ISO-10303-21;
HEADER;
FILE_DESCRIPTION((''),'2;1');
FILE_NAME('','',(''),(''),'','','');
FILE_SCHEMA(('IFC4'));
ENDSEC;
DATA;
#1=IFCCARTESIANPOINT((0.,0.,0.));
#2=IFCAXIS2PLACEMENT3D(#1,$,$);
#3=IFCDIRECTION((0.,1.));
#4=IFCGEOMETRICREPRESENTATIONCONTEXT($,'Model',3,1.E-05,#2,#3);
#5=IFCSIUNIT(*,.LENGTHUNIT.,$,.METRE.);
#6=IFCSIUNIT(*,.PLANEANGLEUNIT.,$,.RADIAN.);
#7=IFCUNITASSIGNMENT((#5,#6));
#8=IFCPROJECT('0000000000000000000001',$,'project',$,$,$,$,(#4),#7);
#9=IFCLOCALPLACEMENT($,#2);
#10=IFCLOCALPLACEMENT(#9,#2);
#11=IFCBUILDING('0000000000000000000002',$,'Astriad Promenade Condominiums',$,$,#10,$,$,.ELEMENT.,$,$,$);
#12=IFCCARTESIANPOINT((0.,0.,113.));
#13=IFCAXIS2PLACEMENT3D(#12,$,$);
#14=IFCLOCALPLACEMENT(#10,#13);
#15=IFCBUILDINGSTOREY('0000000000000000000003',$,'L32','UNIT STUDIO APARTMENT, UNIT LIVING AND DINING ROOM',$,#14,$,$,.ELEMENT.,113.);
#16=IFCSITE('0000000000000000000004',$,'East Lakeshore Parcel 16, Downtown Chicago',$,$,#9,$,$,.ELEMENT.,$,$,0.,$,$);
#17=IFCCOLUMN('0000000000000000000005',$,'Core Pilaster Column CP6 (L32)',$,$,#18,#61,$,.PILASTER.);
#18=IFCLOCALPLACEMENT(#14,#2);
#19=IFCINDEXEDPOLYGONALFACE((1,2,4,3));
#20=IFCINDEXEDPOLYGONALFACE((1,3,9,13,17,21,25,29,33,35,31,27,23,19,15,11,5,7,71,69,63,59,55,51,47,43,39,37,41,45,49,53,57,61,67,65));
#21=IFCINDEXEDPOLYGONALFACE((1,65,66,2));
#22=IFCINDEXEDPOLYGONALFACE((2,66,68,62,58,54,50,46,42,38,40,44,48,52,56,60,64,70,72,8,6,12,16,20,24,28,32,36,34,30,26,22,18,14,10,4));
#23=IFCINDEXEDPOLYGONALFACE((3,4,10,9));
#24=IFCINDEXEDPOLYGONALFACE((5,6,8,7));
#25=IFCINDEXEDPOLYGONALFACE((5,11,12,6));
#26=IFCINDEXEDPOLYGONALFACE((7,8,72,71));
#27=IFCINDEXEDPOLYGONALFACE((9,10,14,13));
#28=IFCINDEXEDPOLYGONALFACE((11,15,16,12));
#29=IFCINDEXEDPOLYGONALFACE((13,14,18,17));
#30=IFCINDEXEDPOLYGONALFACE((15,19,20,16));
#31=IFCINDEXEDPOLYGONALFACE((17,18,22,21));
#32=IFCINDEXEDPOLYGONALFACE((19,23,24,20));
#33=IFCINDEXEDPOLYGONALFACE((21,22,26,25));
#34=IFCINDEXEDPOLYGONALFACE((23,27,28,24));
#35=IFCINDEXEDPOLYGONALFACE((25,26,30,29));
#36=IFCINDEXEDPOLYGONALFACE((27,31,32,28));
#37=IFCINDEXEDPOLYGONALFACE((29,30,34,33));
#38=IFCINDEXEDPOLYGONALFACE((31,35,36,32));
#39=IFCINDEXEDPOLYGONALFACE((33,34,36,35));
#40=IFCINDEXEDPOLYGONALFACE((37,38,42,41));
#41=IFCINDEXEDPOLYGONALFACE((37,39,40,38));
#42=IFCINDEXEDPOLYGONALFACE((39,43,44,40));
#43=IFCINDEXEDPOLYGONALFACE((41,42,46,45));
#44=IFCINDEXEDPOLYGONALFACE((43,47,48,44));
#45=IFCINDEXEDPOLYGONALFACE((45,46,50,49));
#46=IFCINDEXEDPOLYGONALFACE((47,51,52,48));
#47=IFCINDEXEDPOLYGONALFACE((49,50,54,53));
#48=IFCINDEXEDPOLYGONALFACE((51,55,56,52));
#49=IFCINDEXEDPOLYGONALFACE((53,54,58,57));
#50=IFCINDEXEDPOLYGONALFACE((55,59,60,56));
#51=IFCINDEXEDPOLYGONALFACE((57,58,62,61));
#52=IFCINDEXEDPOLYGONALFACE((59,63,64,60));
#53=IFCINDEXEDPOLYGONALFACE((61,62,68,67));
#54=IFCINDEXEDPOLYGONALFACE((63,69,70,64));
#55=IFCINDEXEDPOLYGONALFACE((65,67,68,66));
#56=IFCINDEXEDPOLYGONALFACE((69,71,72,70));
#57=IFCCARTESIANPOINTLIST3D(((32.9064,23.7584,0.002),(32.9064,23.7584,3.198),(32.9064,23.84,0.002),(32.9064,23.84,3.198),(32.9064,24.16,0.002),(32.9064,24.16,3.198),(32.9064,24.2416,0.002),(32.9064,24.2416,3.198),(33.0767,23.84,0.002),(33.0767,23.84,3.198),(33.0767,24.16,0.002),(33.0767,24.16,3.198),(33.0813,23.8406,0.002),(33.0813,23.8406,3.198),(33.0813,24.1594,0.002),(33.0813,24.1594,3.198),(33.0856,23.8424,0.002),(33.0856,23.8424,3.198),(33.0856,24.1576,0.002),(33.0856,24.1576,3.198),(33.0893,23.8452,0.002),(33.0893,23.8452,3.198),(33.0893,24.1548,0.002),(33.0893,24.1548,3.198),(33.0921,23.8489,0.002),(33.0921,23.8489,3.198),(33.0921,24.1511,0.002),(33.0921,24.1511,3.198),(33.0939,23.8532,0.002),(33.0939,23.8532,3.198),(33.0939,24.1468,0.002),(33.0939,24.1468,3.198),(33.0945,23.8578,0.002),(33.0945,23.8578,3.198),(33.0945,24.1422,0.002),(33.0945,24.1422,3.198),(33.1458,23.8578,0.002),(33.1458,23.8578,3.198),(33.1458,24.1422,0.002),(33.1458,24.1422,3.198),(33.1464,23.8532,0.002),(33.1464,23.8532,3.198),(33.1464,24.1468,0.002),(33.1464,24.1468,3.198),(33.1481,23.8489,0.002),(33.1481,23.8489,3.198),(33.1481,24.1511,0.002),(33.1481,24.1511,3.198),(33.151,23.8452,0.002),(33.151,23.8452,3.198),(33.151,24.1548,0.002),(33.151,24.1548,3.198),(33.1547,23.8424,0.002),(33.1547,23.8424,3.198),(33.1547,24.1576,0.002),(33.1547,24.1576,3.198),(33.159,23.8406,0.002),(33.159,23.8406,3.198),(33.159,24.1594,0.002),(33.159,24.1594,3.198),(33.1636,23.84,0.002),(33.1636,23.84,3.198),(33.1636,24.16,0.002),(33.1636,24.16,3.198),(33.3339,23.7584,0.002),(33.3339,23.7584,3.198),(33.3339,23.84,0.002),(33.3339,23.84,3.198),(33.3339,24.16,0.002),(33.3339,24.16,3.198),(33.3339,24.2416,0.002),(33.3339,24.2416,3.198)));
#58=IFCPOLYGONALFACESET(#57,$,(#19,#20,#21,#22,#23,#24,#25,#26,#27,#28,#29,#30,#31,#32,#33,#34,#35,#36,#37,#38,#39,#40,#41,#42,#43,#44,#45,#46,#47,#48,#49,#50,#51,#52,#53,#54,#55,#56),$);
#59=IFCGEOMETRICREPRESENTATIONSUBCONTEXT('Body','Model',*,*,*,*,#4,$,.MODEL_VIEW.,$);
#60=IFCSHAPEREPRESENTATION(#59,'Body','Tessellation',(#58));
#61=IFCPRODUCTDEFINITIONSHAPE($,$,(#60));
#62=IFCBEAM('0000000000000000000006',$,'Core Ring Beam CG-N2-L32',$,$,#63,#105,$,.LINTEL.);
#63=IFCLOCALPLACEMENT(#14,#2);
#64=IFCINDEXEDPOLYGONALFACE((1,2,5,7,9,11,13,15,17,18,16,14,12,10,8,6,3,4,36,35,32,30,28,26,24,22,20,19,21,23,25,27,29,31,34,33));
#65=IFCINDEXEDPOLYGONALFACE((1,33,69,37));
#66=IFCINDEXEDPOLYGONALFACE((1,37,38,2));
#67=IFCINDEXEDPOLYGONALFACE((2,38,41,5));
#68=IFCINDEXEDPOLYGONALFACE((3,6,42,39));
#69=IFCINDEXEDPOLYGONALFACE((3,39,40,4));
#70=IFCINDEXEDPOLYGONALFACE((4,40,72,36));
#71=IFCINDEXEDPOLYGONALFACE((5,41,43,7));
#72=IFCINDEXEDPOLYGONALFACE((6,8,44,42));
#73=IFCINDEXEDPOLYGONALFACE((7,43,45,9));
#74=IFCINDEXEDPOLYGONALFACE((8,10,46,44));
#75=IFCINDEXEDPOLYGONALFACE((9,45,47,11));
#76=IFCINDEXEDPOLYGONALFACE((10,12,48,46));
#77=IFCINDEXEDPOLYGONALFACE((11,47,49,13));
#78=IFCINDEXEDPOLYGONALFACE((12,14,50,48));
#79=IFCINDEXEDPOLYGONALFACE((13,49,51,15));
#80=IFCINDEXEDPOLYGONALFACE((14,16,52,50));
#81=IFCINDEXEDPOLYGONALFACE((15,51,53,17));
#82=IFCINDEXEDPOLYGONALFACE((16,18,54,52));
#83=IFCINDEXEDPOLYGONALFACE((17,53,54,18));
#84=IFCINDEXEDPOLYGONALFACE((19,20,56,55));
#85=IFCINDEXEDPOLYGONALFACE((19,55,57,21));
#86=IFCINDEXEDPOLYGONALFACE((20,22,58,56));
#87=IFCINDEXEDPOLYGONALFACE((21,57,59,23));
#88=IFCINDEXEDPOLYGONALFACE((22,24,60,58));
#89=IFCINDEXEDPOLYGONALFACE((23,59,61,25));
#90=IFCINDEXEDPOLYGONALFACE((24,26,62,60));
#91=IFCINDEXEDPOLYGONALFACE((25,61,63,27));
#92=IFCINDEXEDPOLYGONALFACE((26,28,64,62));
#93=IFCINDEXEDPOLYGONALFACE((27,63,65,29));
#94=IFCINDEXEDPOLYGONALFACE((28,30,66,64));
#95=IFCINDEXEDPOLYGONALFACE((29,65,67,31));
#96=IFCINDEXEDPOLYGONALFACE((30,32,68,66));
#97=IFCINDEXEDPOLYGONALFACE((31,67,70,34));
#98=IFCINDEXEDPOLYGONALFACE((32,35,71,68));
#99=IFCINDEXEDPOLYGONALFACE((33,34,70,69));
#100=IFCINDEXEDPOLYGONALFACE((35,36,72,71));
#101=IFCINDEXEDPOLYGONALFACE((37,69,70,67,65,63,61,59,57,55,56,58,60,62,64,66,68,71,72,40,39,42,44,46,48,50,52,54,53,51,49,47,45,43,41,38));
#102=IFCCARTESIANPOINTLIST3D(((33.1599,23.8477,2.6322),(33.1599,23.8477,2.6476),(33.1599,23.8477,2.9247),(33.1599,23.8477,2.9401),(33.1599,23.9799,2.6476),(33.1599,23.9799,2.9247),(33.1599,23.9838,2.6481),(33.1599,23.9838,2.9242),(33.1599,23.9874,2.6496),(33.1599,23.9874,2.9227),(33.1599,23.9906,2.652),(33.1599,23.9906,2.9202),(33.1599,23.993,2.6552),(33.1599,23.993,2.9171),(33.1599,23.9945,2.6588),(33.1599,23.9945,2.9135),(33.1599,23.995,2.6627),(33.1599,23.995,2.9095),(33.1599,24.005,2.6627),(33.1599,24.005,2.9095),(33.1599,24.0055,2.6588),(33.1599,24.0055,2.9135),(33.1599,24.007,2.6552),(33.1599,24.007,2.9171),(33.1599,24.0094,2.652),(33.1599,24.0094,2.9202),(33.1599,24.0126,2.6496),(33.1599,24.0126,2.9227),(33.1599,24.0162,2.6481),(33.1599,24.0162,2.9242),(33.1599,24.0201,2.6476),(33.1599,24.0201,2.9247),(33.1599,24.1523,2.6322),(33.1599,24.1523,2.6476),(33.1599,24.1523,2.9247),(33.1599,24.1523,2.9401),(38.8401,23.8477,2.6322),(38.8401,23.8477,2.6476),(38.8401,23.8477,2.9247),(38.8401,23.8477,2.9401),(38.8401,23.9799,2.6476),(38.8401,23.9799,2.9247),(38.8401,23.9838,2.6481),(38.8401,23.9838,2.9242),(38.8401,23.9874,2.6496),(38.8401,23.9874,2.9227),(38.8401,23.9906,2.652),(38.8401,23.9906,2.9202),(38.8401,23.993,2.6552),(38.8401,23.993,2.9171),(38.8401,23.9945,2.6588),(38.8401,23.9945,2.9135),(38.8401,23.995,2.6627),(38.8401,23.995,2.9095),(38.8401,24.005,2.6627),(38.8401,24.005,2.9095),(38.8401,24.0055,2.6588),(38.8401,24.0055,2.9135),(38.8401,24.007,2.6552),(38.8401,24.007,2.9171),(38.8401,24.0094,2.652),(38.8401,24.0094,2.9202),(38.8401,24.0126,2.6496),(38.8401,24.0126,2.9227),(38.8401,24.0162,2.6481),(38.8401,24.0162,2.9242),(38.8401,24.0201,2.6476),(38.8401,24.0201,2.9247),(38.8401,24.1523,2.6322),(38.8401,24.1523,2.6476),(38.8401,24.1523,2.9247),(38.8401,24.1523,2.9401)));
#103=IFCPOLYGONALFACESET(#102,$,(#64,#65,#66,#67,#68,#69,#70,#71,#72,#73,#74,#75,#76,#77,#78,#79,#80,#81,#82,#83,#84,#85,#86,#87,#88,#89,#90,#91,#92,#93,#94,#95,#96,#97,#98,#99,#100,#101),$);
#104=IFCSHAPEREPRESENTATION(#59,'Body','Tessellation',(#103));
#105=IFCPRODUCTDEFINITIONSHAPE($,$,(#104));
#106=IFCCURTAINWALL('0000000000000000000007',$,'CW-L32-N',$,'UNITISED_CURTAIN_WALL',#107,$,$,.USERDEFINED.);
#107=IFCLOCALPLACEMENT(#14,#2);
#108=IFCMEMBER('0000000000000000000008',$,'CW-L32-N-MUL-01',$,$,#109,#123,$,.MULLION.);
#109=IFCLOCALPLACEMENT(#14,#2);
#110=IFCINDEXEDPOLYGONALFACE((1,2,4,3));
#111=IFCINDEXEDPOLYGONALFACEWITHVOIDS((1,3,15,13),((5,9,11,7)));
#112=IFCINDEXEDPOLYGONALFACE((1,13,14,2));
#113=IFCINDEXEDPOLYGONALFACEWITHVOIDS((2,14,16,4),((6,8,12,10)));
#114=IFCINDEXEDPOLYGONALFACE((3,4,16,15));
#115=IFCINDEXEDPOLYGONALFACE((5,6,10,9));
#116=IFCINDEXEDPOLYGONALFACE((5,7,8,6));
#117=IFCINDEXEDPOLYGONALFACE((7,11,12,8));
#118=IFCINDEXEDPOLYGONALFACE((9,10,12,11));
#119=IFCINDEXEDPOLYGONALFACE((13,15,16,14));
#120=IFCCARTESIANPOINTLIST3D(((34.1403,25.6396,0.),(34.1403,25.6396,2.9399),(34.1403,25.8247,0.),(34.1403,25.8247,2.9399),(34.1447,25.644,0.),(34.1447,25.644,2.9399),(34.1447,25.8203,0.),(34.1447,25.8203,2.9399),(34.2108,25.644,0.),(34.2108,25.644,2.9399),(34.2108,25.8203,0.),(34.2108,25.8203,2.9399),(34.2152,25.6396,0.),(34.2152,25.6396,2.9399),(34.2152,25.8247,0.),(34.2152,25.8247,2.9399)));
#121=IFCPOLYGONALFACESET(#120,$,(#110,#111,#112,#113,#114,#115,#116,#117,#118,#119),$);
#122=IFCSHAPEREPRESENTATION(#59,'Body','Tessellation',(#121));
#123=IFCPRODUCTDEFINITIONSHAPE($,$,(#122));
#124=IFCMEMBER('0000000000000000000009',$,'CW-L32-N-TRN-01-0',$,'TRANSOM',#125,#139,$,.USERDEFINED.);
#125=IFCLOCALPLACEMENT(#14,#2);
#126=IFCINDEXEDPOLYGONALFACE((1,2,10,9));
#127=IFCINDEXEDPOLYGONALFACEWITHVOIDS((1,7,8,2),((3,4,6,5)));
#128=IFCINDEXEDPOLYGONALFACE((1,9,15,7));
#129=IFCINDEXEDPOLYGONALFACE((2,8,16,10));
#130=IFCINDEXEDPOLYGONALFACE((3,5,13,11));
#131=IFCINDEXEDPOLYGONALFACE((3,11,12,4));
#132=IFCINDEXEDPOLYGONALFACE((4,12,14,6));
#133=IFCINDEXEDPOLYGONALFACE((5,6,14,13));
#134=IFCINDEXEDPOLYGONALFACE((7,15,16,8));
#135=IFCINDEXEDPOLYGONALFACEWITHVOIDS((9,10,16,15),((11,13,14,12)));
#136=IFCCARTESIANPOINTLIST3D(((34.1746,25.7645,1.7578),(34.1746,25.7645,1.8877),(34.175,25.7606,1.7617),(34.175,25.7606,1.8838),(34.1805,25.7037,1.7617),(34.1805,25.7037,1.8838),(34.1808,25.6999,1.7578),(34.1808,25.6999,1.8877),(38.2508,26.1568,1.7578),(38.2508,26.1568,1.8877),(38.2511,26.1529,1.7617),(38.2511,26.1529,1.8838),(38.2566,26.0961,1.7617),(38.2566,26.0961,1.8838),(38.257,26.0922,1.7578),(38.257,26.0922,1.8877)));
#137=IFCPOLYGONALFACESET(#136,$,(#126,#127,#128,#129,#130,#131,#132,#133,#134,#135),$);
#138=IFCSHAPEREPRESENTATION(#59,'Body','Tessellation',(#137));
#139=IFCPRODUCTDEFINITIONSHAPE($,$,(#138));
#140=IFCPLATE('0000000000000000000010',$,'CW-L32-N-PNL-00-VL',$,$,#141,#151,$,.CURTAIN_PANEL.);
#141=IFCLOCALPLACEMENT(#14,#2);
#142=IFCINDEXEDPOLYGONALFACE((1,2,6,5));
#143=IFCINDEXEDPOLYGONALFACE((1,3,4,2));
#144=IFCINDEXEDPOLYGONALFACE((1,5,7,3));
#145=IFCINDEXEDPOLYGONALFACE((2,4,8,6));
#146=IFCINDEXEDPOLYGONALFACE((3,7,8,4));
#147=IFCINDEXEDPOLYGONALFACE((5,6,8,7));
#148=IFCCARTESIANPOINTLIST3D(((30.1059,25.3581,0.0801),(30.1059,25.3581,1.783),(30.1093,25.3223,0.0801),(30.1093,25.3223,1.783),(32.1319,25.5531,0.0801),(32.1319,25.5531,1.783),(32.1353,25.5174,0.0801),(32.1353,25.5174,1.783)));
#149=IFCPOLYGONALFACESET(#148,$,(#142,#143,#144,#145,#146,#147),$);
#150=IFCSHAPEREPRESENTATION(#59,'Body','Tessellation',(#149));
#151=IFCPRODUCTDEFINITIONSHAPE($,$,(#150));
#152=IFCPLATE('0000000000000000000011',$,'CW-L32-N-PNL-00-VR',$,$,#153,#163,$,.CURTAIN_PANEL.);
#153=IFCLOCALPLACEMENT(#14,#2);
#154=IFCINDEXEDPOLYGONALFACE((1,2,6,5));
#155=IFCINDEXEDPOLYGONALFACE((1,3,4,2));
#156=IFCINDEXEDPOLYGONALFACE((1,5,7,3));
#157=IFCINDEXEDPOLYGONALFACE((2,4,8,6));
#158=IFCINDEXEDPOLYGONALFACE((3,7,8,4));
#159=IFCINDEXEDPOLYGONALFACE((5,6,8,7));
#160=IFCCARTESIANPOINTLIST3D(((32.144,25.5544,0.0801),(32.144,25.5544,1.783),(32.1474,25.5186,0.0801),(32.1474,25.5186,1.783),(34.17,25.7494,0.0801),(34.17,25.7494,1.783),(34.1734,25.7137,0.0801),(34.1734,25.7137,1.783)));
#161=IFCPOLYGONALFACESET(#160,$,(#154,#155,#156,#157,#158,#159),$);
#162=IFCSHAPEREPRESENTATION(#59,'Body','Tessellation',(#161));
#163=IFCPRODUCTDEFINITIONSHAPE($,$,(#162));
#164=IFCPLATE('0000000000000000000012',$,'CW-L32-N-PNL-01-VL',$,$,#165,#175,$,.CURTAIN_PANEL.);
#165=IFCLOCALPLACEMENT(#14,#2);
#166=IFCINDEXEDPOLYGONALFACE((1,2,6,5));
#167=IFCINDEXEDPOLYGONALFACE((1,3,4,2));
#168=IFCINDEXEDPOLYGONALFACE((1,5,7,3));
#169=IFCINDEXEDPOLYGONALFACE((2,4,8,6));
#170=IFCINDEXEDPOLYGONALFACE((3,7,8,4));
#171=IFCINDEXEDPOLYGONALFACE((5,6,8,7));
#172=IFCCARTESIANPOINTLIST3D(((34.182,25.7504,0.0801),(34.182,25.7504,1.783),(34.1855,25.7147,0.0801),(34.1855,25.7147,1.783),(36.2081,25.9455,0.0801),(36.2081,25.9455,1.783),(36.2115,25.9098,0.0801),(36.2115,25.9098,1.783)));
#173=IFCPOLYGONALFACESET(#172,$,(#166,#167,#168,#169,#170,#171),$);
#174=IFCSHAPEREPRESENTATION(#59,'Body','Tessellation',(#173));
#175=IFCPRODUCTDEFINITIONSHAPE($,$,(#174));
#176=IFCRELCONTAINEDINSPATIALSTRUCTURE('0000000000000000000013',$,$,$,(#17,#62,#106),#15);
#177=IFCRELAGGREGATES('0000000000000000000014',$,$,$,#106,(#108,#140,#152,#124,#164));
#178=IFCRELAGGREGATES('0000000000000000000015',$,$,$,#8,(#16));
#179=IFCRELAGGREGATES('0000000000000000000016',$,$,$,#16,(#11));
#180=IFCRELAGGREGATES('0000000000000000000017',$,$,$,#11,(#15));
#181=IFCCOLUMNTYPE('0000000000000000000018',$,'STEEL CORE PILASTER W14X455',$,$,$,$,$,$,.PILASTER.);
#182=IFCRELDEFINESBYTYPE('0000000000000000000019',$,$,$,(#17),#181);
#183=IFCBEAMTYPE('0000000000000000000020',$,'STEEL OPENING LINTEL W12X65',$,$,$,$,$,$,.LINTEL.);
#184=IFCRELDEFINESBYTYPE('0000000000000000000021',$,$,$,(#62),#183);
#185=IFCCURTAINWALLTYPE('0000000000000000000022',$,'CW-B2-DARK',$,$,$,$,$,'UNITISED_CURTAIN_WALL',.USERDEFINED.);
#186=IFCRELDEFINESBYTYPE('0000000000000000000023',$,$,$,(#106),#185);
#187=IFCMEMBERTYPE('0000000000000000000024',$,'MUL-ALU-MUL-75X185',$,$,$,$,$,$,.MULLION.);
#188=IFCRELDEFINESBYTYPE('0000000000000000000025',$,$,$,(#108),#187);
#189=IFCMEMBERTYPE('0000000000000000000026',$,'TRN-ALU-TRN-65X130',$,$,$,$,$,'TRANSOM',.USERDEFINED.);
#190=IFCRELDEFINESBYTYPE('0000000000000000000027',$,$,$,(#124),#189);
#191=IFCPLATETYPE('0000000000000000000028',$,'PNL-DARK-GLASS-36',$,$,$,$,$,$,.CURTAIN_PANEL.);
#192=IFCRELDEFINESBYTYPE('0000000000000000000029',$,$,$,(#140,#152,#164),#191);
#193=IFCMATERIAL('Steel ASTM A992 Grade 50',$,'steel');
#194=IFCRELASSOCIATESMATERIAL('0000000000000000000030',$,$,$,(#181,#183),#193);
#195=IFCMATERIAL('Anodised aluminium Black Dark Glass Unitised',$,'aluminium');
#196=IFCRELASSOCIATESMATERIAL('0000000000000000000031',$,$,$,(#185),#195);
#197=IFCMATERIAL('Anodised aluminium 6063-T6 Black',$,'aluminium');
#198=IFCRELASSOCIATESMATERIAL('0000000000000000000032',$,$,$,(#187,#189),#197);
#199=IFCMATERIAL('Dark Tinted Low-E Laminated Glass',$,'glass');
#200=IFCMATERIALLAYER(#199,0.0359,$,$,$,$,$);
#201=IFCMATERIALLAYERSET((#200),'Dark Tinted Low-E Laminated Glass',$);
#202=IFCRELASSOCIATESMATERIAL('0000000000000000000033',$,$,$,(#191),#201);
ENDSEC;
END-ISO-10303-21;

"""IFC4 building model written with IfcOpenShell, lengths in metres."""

from ifc_helpers import new_model, si_unit, direction, frame, origin, origin_2d, place, context, subcontext, project, spatial, rectangle, hollow_rectangle, i_section, extrude, source, transform, mapped, material, layer, layer_set, material_profile, profile_set, type_object, type_shapes, element, aggregate, save


model = new_model("IFC4")

# Units and contexts
model_context = context("Model", 3, precision=1e-05, world=origin(), true_north=direction((0.0, 1.0)))
body_context = subcontext(model_context, "Body", "Model", "MODEL_VIEW")
ifc_project = project(units=[si_unit("LENGTHUNIT", "METRE"), si_unit("PLANEANGLEUNIT", "RADIAN")], contexts=[model_context])

# Site, building, storey
site_placement = place(None, origin())
site = spatial("IfcSite", under=ifc_project, at=site_placement, Name="East Lakeshore Parcel 16, Downtown Chicago", CompositionType="ELEMENT", RefElevation=0.0)
building_placement = place(site_placement, origin())
building = spatial("IfcBuilding", under=site, at=building_placement, Name="Astriad Promenade Condominiums", CompositionType="ELEMENT")
storey_placement = place(building_placement, frame((0.0, 0.0, 113.0)))
storey = spatial("IfcBuildingStorey", under=building, at=storey_placement, Name="L32", Description="UNIT STUDIO APARTMENT, UNIT LIVING AND DINING ROOM", CompositionType="ELEMENT", Elevation=113.0)

# Column
ifc_material_1 = material(Name="Steel ASTM A992 Grade 50", Category="steel")
ifc_material_profile_1 = material_profile(ifc_material_1, i_section(OverallWidth=0.4275, OverallDepth=0.4832, WebThickness=0.0513, FlangeThickness=0.0815, FilletRadius=0.0178, at=origin_2d()), Name="W14X455")
ifc_profile_set_1 = profile_set([ifc_material_profile_1], Name="Steel ASTM A992 Grade 50")
column_type = type_object("IfcColumnType", Name="STEEL CORE PILASTER W14X455", PredefinedType="PILASTER", material=ifc_profile_set_1)
shared_shape_1 = source(origin(), body_context, "Body", "SweptSolid", [
    extrude(i_section(OverallWidth=0.4275, OverallDepth=0.4832, WebThickness=0.0513, FlangeThickness=0.0815, FilletRadius=0.0178, at=origin_2d()), origin(), (0.0, 0.0, 1.0), 3.196),
])
type_shapes(column_type, [shared_shape_1])
column_placement = place(storey_placement, frame((33.1201, 24.0, 0.002), z_axis=(0.0, 0.0, 1.0), x_axis=(1.0, 0.0, 0.0)))
element("IfcColumn", 1, at=column_placement, inside=storey, type_object=column_type, Name="Core Pilaster Column CP6 (L32)", PredefinedType="PILASTER", context=body_context, shape_type="MappedRepresentation", body=[
    mapped(shared_shape_1, transform((0.0, 0.0, 0.0), scale=1.0)),
])

# Beam
ifc_material_profile_2 = material_profile(ifc_material_1, i_section(OverallWidth=0.3047, OverallDepth=0.3079, WebThickness=0.01, FlangeThickness=0.0154, FilletRadius=0.0151, at=origin_2d()), Name="W12X65")
ifc_profile_set_2 = profile_set([ifc_material_profile_2], Name="Steel ASTM A992 Grade 50")
beam_type = type_object("IfcBeamType", Name="STEEL OPENING LINTEL W12X65", PredefinedType="LINTEL", material=ifc_profile_set_2)
shared_shape_2 = source(origin(), body_context, "Body", "SweptSolid", [
    extrude(i_section(OverallWidth=0.3047, OverallDepth=0.3079, WebThickness=0.01, FlangeThickness=0.0154, FilletRadius=0.0151, at=origin_2d()), origin(), (0.0, 0.0, 1.0), 5.6802),
])
type_shapes(beam_type, [shared_shape_2])
beam_placement = place(storey_placement, frame((33.1599, 24.0, 2.7861), z_axis=(1.0, 0.0, 0.0), x_axis=(0.0, 1.0, 0.0)))
element("IfcBeam", 2, at=beam_placement, inside=storey, type_object=beam_type, Name="Core Ring Beam CG-N2-L32", PredefinedType="LINTEL", context=body_context, shape_type="MappedRepresentation", body=[
    mapped(shared_shape_2, transform((0.0, 0.0, 0.0), scale=1.0)),
])

# Curtain wall, members, plates
ifc_material_2 = material(Name="Anodised aluminium Black Dark Glass Unitised", Category="aluminium")
curtain_wall_type = type_object("IfcCurtainWallType", Name="CW-B2-DARK", ElementType="UNITISED_CURTAIN_WALL", PredefinedType="USERDEFINED", material=ifc_material_2)
curtain_wall_placement = place(storey_placement, origin())
curtain_wall = element("IfcCurtainWall", 3, at=curtain_wall_placement, inside=storey, type_object=curtain_wall_type, Name="CW-L32-N", ObjectType="UNITISED_CURTAIN_WALL", PredefinedType="USERDEFINED")
ifc_material_3 = material(Name="Anodised aluminium 6063-T6 Black", Category="aluminium")
ifc_material_profile_3 = material_profile(ifc_material_3, hollow_rectangle(XDim=0.075, YDim=0.1851, WallThickness=0.0044, at=origin_2d()), Name="ALU-MUL-75X185")
ifc_profile_set_3 = profile_set([ifc_material_profile_3], Name="Anodised aluminium 6063-T6 Black")
member_type_1 = type_object("IfcMemberType", Name="MUL-ALU-MUL-75X185", PredefinedType="MULLION", material=ifc_profile_set_3)
shared_shape_3 = source(origin(), body_context, "Body", "SweptSolid", [
    extrude(hollow_rectangle(XDim=0.075, YDim=0.1851, WallThickness=0.0044, at=origin_2d()), origin(), (0.0, 0.0, 1.0), 2.9399),
])
type_shapes(member_type_1, [shared_shape_3])
member_1_placement = place(storey_placement, frame((34.1777, 25.7322, 0.0), z_axis=(0.0, 0.0, 1.0), x_axis=(1.0, 0.0, 0.0)))
member_1 = element("IfcMember", 4, at=member_1_placement, type_object=member_type_1, Name="CW-L32-N-MUL-01", PredefinedType="MULLION", context=body_context, shape_type="MappedRepresentation", body=[
    mapped(shared_shape_3, transform((0.0, 0.0, 0.0), scale=1.0)),
])
ifc_material_profile_4 = material_profile(ifc_material_3, hollow_rectangle(XDim=0.0649, YDim=0.1299, WallThickness=0.0039, at=origin_2d()), Name="ALU-TRN-65X130")
ifc_profile_set_4 = profile_set([ifc_material_profile_4], Name="Anodised aluminium 6063-T6 Black")
member_type_2 = type_object("IfcMemberType", Name="TRN-ALU-TRN-65X130", ElementType="TRANSOM", PredefinedType="USERDEFINED", material=ifc_profile_set_4)
shared_shape_4 = source(origin(), body_context, "Body", "SweptSolid", [
    extrude(hollow_rectangle(XDim=0.0649, YDim=0.1299, WallThickness=0.0039, at=origin_2d()), origin(), (0.0, 0.0, 1.0), 4.095),
])
type_shapes(member_type_2, [shared_shape_4])
member_2_placement = place(storey_placement, frame((34.1777, 25.7322, 1.8228), z_axis=(0.9954, 0.095808, 0.0), x_axis=(-0.095808, 0.9954, 0.0)))
member_2 = element("IfcMember", 5, at=member_2_placement, type_object=member_type_2, Name="CW-L32-N-TRN-01-0", ObjectType="TRANSOM", PredefinedType="USERDEFINED", context=body_context, shape_type="MappedRepresentation", body=[
    mapped(shared_shape_4, transform((0.0, 0.0, 0.0), scale=1.0)),
])
ifc_material_4 = material(Name="Dark Tinted Low-E Laminated Glass", Category="glass")
ifc_layer_1 = layer(ifc_material_4, 0.0359)
ifc_layer_set_1 = layer_set([ifc_layer_1], Name="Dark Tinted Low-E Laminated Glass")
plate_type = type_object("IfcPlateType", Name="PNL-DARK-GLASS-36", PredefinedType="CURTAIN_PANEL", material=ifc_layer_set_1)
shared_shape_5 = source(origin(), body_context, "Body", "SweptSolid", [
    extrude(rectangle(XDim=2.0354, YDim=0.0359, at=origin_2d()), origin(), (0.0, 0.0, 1.0), 1.7029),
])
plate_1_placement = place(storey_placement, frame((31.1206, 25.4377, 0.0801), z_axis=(0.0, 0.0, 1.0), x_axis=(0.995396, 0.095846, 0.0)))
plate_1 = element("IfcPlate", 6, at=plate_1_placement, type_object=plate_type, Name="CW-L32-N-PNL-00-VL", PredefinedType="CURTAIN_PANEL", context=body_context, shape_type="MappedRepresentation", body=[
    mapped(shared_shape_5, transform((0.0, 0.0, 0.0), scale=1.0)),
])
plate_2_placement = place(storey_placement, frame((33.1587, 25.634, 0.0801), z_axis=(0.0, 0.0, 1.0), x_axis=(0.995396, 0.095846, 0.0)))
plate_2 = element("IfcPlate", 7, at=plate_2_placement, type_object=plate_type, Name="CW-L32-N-PNL-00-VR", PredefinedType="CURTAIN_PANEL", context=body_context, shape_type="MappedRepresentation", body=[
    mapped(shared_shape_5, transform((0.0, 0.0, 0.0), scale=1.0)),
])
plate_3_placement = place(storey_placement, frame((35.1968, 25.8301, 0.0801), z_axis=(0.0, 0.0, 1.0), x_axis=(0.995396, 0.095846, 0.0)))
plate_3 = element("IfcPlate", 8, at=plate_3_placement, type_object=plate_type, Name="CW-L32-N-PNL-01-VL", PredefinedType="CURTAIN_PANEL", context=body_context, shape_type="MappedRepresentation", body=[
    mapped(shared_shape_5, transform((0.0, 0.0, 0.0), scale=1.0)),
])
aggregate(curtain_wall, [member_1, plate_1, plate_2, member_2, plate_3])

save(model, "model.ifc")
